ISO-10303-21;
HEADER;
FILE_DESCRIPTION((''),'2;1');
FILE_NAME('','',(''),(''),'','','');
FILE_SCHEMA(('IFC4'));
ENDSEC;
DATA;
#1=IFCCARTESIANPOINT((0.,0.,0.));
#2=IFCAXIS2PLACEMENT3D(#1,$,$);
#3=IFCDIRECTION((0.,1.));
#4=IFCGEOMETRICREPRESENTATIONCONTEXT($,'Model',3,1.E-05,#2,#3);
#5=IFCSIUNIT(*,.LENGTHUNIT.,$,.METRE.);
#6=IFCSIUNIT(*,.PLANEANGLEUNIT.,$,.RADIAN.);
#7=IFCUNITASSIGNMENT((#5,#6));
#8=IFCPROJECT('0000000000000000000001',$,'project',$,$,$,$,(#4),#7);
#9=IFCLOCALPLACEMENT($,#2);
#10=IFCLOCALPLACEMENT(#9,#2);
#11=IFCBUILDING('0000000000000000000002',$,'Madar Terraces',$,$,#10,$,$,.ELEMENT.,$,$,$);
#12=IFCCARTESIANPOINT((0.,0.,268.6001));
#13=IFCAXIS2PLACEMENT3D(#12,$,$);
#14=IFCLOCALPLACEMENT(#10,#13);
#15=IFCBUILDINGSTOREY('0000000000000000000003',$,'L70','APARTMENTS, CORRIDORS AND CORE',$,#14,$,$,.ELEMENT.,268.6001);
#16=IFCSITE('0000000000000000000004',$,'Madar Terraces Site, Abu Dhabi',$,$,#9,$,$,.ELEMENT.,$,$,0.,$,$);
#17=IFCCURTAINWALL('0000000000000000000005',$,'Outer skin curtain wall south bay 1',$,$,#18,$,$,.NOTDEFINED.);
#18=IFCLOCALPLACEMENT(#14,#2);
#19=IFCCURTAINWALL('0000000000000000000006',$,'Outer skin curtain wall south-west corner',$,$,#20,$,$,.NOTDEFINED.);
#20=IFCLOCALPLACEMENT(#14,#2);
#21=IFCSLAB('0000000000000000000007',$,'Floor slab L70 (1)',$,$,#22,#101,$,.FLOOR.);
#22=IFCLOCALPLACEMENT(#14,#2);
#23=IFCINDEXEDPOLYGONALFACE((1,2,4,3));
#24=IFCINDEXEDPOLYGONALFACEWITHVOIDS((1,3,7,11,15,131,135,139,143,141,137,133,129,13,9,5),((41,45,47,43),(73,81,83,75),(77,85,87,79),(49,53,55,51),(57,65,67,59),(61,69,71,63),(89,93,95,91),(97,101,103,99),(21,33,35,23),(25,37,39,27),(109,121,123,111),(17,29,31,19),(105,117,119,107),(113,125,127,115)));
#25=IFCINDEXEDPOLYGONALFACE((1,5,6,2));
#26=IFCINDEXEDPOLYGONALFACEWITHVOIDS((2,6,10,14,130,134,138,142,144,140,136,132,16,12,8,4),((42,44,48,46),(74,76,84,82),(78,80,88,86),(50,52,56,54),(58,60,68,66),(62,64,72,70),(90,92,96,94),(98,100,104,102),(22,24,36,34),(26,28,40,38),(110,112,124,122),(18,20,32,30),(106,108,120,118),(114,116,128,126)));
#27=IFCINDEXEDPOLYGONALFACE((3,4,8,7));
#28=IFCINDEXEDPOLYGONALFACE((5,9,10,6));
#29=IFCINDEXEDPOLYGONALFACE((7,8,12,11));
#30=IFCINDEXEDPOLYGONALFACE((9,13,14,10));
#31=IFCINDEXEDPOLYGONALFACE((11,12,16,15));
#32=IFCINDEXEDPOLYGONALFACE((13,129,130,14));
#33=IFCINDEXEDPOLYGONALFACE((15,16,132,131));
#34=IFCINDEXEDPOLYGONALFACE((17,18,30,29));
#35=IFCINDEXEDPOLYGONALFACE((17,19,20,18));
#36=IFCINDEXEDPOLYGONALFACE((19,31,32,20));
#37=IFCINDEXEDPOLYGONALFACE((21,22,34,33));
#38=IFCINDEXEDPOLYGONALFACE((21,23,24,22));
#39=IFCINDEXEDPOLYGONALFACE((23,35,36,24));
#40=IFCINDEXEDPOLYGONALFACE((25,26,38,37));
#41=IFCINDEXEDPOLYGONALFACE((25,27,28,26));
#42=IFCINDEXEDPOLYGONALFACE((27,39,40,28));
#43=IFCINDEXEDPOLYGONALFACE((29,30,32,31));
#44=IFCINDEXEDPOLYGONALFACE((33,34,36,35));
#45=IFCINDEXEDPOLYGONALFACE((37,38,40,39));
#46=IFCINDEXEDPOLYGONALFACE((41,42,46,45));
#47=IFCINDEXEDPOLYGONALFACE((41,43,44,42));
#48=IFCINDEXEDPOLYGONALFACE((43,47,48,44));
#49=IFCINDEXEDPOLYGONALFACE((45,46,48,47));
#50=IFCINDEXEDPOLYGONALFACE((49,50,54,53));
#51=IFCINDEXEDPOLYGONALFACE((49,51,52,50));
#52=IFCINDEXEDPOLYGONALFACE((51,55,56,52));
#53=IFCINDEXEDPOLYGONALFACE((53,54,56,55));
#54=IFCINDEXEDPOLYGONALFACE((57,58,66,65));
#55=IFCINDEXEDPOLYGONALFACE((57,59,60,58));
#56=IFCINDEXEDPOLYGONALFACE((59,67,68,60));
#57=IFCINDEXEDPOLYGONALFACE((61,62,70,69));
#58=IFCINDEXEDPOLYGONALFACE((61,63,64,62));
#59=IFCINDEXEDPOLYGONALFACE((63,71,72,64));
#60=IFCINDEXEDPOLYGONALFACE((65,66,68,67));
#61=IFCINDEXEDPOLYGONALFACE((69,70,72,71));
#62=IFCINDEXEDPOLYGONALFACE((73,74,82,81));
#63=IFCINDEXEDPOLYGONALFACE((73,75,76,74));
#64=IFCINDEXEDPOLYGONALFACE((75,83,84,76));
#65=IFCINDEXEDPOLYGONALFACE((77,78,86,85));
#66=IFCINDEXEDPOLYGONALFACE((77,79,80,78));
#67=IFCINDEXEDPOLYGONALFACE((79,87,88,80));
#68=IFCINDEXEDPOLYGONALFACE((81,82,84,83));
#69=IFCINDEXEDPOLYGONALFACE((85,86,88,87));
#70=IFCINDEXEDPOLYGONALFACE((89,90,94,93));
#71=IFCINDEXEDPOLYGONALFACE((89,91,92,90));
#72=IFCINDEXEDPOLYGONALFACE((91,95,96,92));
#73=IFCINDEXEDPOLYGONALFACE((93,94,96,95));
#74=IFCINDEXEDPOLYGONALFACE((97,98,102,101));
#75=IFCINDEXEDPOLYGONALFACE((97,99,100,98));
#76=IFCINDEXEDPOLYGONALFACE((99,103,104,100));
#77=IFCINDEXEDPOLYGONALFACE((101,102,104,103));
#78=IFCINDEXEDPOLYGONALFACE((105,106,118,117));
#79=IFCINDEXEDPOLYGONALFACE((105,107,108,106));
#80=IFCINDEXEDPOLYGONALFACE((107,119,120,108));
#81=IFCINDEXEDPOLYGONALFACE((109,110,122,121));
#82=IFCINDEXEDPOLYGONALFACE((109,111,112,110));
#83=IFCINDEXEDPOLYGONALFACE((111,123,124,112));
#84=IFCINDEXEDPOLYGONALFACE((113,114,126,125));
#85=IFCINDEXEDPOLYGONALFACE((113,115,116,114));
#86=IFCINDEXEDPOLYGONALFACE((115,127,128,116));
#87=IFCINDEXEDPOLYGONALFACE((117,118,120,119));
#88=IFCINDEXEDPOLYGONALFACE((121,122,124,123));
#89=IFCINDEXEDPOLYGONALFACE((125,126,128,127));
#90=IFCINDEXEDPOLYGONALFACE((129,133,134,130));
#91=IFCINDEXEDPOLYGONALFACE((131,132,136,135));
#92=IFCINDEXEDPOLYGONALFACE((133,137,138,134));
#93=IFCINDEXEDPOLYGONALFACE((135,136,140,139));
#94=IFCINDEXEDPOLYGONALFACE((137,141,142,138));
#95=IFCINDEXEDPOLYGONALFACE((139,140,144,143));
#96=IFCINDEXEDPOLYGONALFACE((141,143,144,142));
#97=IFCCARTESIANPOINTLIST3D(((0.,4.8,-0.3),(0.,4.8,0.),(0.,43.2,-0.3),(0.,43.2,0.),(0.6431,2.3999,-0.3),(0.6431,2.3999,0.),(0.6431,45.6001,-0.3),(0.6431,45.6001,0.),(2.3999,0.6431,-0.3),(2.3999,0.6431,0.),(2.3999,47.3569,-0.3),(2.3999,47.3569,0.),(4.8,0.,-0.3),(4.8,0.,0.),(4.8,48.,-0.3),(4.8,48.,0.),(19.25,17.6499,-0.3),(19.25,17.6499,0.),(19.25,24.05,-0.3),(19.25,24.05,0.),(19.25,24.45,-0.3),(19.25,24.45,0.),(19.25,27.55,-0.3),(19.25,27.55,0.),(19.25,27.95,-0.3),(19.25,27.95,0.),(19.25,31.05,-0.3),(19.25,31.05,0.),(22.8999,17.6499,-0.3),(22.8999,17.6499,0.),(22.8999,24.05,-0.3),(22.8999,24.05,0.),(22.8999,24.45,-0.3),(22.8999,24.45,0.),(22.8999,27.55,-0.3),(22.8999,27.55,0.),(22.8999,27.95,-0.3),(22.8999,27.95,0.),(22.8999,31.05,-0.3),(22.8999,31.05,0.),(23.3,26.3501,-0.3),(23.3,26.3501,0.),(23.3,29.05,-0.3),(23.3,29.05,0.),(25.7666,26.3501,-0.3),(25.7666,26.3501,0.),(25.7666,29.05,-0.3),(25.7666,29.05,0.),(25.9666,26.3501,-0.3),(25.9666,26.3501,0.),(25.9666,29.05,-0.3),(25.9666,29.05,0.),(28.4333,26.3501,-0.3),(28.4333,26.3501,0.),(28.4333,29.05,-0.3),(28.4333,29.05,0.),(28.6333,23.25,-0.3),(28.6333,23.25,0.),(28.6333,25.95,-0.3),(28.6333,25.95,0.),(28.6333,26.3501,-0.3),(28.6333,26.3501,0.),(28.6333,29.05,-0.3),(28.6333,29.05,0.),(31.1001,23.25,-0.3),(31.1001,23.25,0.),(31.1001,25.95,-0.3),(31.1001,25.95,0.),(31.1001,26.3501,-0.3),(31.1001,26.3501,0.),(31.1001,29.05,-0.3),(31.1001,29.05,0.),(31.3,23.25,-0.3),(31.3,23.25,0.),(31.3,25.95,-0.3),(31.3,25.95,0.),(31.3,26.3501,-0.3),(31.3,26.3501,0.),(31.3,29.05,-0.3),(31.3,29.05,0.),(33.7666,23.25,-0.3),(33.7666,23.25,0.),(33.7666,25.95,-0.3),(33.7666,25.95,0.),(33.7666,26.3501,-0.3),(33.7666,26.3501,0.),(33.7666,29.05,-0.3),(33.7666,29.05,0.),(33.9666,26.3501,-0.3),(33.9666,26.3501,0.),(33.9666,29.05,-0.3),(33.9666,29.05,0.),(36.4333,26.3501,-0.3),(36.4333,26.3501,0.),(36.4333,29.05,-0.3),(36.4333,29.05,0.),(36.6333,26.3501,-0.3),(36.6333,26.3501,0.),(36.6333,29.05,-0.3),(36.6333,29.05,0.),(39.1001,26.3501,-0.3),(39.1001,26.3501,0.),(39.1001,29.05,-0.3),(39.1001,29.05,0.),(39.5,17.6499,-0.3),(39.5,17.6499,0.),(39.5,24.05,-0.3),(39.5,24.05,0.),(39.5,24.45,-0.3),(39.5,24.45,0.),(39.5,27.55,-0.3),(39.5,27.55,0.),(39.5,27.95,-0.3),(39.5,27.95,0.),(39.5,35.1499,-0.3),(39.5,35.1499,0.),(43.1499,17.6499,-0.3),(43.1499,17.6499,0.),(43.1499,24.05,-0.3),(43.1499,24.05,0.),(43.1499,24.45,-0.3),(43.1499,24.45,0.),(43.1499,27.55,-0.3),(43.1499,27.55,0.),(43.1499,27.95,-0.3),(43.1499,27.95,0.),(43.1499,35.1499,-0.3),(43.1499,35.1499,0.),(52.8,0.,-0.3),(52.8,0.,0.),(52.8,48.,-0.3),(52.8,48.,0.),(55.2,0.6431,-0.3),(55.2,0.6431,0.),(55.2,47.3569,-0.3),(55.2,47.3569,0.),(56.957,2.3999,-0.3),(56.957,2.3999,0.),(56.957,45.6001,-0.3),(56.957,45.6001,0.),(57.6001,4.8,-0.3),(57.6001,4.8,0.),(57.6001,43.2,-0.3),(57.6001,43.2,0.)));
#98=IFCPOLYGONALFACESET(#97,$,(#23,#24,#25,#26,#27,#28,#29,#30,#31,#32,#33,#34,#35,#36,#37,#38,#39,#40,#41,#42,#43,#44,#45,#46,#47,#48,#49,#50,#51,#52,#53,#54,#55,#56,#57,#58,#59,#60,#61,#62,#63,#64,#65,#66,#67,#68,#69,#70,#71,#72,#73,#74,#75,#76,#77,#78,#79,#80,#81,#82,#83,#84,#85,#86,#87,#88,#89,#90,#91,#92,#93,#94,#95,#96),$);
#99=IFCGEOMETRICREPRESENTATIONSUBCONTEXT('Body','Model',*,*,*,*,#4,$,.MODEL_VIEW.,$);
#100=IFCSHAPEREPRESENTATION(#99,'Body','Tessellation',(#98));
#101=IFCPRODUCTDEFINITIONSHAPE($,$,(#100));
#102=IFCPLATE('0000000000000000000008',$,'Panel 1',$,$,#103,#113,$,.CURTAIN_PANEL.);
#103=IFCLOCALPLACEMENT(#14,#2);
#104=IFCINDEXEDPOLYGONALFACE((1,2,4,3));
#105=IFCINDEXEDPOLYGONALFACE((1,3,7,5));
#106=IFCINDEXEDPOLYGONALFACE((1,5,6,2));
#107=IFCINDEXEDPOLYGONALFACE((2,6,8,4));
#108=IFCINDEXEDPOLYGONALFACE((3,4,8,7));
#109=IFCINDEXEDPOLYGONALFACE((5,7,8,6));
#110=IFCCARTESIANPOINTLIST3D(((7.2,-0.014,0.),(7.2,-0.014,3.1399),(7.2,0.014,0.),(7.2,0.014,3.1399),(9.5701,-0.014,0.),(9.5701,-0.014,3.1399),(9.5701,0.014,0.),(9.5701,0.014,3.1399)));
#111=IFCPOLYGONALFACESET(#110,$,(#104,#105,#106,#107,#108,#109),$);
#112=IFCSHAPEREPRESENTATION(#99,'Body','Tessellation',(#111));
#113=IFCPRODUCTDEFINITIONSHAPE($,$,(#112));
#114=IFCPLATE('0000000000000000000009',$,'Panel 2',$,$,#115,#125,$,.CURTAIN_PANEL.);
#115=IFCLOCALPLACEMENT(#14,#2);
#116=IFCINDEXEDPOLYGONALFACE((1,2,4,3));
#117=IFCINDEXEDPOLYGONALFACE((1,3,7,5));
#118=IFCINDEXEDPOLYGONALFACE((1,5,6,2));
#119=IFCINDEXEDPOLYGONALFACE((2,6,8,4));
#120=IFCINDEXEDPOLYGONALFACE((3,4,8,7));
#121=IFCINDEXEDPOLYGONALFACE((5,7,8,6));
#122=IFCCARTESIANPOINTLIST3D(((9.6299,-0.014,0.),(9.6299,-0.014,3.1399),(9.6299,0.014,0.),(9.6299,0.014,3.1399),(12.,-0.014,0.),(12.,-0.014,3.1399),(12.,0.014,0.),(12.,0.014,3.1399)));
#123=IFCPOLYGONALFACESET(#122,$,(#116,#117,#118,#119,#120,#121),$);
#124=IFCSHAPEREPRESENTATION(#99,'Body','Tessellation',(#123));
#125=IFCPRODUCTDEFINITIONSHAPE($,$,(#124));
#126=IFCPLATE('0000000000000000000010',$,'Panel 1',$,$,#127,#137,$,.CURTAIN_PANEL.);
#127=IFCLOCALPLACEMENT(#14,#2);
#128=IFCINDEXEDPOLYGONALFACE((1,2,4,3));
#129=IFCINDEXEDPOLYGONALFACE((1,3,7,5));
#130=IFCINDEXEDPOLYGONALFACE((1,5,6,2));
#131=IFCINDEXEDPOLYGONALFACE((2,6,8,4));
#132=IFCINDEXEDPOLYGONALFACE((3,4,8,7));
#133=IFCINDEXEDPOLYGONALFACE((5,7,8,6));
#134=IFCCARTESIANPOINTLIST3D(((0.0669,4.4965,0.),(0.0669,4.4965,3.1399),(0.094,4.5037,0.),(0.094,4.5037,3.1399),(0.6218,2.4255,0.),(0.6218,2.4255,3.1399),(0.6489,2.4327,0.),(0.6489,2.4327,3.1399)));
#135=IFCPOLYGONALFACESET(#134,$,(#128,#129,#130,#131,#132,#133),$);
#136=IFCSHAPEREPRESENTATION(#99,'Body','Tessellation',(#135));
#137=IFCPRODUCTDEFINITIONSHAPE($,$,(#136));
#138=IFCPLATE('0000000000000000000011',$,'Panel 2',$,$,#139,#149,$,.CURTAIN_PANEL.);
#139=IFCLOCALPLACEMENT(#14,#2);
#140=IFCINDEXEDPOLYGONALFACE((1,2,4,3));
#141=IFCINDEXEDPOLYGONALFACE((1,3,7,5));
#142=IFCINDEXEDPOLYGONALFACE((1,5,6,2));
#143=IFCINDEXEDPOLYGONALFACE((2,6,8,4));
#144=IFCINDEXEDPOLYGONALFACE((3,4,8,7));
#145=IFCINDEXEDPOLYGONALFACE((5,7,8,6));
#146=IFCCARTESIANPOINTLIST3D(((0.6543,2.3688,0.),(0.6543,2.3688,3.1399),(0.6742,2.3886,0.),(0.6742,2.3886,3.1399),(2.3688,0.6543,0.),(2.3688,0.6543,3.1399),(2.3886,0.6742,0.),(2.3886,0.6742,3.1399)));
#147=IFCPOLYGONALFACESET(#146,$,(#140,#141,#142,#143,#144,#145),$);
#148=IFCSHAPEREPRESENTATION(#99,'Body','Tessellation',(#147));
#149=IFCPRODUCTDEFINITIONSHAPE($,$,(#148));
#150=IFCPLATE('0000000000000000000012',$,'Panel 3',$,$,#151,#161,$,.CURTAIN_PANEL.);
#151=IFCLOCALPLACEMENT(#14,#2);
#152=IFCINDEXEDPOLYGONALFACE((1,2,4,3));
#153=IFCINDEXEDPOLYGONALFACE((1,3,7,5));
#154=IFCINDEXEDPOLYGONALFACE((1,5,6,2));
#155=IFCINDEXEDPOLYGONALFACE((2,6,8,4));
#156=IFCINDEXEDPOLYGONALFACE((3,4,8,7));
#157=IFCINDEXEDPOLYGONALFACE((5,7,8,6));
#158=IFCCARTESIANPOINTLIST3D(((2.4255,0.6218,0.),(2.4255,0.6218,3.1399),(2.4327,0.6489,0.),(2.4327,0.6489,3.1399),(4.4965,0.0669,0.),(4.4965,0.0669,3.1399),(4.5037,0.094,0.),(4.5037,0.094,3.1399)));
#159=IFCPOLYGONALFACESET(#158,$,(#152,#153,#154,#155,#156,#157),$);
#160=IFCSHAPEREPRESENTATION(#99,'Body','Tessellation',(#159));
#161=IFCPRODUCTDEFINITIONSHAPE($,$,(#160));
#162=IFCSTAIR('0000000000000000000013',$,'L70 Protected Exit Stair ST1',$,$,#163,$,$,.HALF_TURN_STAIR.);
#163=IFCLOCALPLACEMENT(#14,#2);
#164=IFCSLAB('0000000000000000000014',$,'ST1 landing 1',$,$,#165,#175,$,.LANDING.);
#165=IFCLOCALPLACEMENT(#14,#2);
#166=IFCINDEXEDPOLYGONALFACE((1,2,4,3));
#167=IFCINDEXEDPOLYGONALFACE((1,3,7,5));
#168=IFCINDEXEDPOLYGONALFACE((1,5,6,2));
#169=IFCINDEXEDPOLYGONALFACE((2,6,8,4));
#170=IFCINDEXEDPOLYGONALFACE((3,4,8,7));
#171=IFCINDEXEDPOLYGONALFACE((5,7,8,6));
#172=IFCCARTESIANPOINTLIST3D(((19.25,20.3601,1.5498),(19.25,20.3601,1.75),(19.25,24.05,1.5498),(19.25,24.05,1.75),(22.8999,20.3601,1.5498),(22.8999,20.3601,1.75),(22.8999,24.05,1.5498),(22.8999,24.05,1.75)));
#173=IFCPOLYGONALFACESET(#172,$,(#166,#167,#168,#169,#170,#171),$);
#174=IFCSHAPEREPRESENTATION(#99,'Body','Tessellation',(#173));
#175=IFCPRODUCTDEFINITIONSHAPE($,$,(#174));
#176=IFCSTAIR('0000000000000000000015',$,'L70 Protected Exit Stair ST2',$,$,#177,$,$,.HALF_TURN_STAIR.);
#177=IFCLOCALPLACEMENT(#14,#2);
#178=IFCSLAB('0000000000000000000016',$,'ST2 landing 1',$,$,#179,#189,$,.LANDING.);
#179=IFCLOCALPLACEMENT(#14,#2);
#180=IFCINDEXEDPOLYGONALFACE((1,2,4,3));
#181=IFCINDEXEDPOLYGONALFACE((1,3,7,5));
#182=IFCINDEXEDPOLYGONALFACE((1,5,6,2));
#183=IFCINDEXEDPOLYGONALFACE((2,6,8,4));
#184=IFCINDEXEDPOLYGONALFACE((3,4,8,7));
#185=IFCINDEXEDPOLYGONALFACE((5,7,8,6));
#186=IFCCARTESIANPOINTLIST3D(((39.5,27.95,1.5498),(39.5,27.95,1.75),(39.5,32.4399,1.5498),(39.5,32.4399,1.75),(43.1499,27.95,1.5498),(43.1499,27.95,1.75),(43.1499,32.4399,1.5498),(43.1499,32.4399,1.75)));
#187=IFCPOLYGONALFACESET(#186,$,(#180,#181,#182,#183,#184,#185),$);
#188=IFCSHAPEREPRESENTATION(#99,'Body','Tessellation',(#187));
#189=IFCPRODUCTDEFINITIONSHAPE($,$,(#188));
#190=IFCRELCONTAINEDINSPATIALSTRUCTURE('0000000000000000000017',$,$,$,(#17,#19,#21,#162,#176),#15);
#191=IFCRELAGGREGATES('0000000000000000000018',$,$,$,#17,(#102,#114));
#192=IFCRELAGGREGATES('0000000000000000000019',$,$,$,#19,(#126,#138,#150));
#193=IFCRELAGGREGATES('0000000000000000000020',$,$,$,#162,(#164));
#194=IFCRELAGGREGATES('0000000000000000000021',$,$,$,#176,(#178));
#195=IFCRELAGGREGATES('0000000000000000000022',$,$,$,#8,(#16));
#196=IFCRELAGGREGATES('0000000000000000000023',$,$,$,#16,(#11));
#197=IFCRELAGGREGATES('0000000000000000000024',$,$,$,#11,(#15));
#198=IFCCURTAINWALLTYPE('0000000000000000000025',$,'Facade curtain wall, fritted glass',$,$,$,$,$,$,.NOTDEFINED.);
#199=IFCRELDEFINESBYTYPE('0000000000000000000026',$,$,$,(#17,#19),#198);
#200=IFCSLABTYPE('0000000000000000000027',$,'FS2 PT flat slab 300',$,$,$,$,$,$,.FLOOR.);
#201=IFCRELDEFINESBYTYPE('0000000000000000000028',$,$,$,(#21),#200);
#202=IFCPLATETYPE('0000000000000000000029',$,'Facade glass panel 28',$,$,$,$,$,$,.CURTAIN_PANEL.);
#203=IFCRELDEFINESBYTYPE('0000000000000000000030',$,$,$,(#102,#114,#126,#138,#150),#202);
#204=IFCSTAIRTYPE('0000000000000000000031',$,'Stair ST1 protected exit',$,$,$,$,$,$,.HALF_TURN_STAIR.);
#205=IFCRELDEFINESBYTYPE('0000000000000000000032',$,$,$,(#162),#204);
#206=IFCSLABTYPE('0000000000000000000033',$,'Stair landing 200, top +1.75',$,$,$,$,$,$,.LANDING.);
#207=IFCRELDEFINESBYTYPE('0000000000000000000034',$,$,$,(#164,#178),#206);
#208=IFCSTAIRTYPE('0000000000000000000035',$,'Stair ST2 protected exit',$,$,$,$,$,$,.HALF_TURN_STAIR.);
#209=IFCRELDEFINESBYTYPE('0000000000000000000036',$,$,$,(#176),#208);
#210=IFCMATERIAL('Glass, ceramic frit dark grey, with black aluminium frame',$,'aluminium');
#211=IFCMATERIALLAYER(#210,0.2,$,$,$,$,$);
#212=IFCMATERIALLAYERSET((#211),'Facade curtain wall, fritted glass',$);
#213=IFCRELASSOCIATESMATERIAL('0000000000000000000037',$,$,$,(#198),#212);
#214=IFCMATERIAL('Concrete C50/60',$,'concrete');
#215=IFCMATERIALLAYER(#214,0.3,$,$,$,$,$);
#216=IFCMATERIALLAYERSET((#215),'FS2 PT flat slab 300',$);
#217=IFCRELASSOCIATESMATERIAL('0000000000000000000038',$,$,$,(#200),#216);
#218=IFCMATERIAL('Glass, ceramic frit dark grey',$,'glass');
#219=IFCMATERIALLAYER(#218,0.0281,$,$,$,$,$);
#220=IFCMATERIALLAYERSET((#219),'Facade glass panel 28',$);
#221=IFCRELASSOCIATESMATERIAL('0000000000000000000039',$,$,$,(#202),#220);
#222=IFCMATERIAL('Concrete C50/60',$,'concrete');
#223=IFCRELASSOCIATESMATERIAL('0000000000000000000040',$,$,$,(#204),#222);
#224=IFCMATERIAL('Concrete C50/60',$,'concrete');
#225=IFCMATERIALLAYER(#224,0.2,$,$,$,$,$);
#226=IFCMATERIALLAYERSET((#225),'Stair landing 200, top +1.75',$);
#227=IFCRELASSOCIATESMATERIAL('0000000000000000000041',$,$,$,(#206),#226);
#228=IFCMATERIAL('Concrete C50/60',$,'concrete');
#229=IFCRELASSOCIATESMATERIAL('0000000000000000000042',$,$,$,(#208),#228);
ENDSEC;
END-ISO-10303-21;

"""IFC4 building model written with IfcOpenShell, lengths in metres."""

from ifc_helpers import new_model, si_unit, direction, frame, origin, origin_2d, place, context, subcontext, project, spatial, polyline, rectangle, outline, extrude, material, layer, layer_set, type_object, element, aggregate, save


model = new_model("IFC4")

# Units and contexts
model_context = context("Model", 3, precision=1e-05, world=origin(), true_north=direction((0.0, 1.0)))
body_context = subcontext(model_context, "Body", "Model", "MODEL_VIEW")
ifc_project = project(units=[si_unit("LENGTHUNIT", "METRE"), si_unit("PLANEANGLEUNIT", "RADIAN")], contexts=[model_context])

# Site, building, storey
site_placement = place(None, origin())
site = spatial("IfcSite", under=ifc_project, at=site_placement, Name="Madar Terraces Site, Abu Dhabi", CompositionType="ELEMENT", RefElevation=0.0)
building_placement = place(site_placement, origin())
building = spatial("IfcBuilding", under=site, at=building_placement, Name="Madar Terraces", CompositionType="ELEMENT")
storey_placement = place(building_placement, frame((0.0, 0.0, 268.6001)))
storey = spatial("IfcBuildingStorey", under=building, at=storey_placement, Name="L70", Description="APARTMENTS, CORRIDORS AND CORE", CompositionType="ELEMENT", Elevation=268.6001)

# Curtain wall
ifc_material_1 = material(Name="Glass, ceramic frit dark grey, with black aluminium frame", Category="aluminium")
ifc_layer_1 = layer(ifc_material_1, 0.2)
ifc_layer_set_1 = layer_set([ifc_layer_1], Name="Facade curtain wall, fritted glass")
curtain_wall_type = type_object("IfcCurtainWallType", Name="Facade curtain wall, fritted glass", PredefinedType="NOTDEFINED", material=ifc_layer_set_1)
curtain_wall_1_placement = place(storey_placement, origin())
curtain_wall_1 = element("IfcCurtainWall", 1, at=curtain_wall_1_placement, inside=storey, type_object=curtain_wall_type, Name="Outer skin curtain wall south bay 1", PredefinedType="NOTDEFINED")

# Curtain wall
curtain_wall_2_placement = place(storey_placement, origin())
curtain_wall_2 = element("IfcCurtainWall", 2, at=curtain_wall_2_placement, inside=storey, type_object=curtain_wall_type, Name="Outer skin curtain wall south-west corner", PredefinedType="NOTDEFINED")

# Slab
ifc_material_2 = material(Name="Concrete C50/60", Category="concrete")
ifc_layer_2 = layer(ifc_material_2, 0.3)
ifc_layer_set_2 = layer_set([ifc_layer_2], Name="FS2 PT flat slab 300")
slab_type_1 = type_object("IfcSlabType", Name="FS2 PT flat slab 300", PredefinedType="FLOOR", material=ifc_layer_set_2)
slab_1_placement = place(storey_placement, frame((0.0, 0.0, -0.3)))
element("IfcSlab", 3, at=slab_1_placement, inside=storey, type_object=slab_type_1, Name="Floor slab L70 (1)", PredefinedType="FLOOR", context=body_context, shape_type="SweptSolid", body=[
    extrude(outline(polyline([(52.8, 0.0), (55.2, 0.6431), (56.957, 2.3999), (57.6001, 4.8), (57.6001, 43.2), (56.957, 45.6001), (55.2, 47.3569), (52.8, 48.0), (4.8, 48.0), (2.3999, 47.3569), (0.6431, 45.6001), (0.0, 43.2), (0.0, 4.8), (0.6431, 2.3999), (2.3999, 0.6431), (4.8, 0.0), (52.8, 0.0)]), holes=[polyline([(22.8999, 17.6499), (19.25, 17.6499), (19.25, 24.05), (22.8999, 24.05), (22.8999, 17.6499)]), polyline([(28.6333, 23.25), (28.6333, 25.95), (31.1001, 25.95), (31.1001, 23.25), (28.6333, 23.25)]), polyline([(19.25, 24.45), (19.25, 27.55), (22.8999, 27.55), (22.8999, 24.45), (19.25, 24.45)]), polyline([(23.3, 26.3501), (23.3, 29.05), (25.7666, 29.05), (25.7666, 26.3501), (23.3, 26.3501)]), polyline([(25.9666, 26.3501), (25.9666, 29.05), (28.4333, 29.05), (28.4333, 26.3501), (25.9666, 26.3501)]), polyline([(28.6333, 26.3501), (28.6333, 29.05), (31.1001, 29.05), (31.1001, 26.3501), (28.6333, 26.3501)]), polyline([(19.25, 27.95), (19.25, 31.05), (22.8999, 31.05), (22.8999, 27.95), (19.25, 27.95)]), polyline([(43.1499, 17.6499), (39.5, 17.6499), (39.5, 24.05), (43.1499, 24.05), (43.1499, 17.6499)]), polyline([(31.3, 23.25), (31.3, 25.95), (33.7666, 25.95), (33.7666, 23.25), (31.3, 23.25)]), polyline([(39.5, 24.45), (39.5, 27.55), (43.1499, 27.55), (43.1499, 24.45), (39.5, 24.45)]), polyline([(31.3, 26.3501), (31.3, 29.05), (33.7666, 29.05), (33.7666, 26.3501), (31.3, 26.3501)]), polyline([(33.9666, 26.3501), (33.9666, 29.05), (36.4333, 29.05), (36.4333, 26.3501), (33.9666, 26.3501)]), polyline([(36.6333, 26.3501), (36.6333, 29.05), (39.1001, 29.05), (39.1001, 26.3501), (36.6333, 26.3501)]), polyline([(39.5, 27.95), (39.5, 35.1499), (43.1499, 35.1499), (43.1499, 27.95), (39.5, 27.95)])]), origin(), (0.0, 0.0, 1.0), 0.3),
])

# Plates
ifc_material_3 = material(Name="Glass, ceramic frit dark grey", Category="glass")
ifc_layer_3 = layer(ifc_material_3, 0.0281)
ifc_layer_set_3 = layer_set([ifc_layer_3], Name="Facade glass panel 28")
plate_type = type_object("IfcPlateType", Name="Facade glass panel 28", PredefinedType="CURTAIN_PANEL", material=ifc_layer_set_3)
plate_1_placement = place(storey_placement, frame((8.385, 0.0, 0.0), z_axis=(0.0, 0.0, 1.0), x_axis=(1.0, 0.0, 0.0)))
plate_1 = element("IfcPlate", 4, at=plate_1_placement, type_object=plate_type, Name="Panel 1", PredefinedType="CURTAIN_PANEL", context=body_context, shape_type="SweptSolid", body=[
    extrude(rectangle(XDim=2.3701, YDim=0.0281, at=origin_2d()), origin(), (0.0, 0.0, 1.0), 3.1399),
])
plate_2_placement = place(storey_placement, frame((10.8149, 0.0, 0.0), z_axis=(0.0, 0.0, 1.0), x_axis=(1.0, 0.0, 0.0)))
plate_2 = element("IfcPlate", 5, at=plate_2_placement, type_object=plate_type, Name="Panel 2", PredefinedType="CURTAIN_PANEL", context=body_context, shape_type="SweptSolid", body=[
    extrude(rectangle(XDim=2.3701, YDim=0.0281, at=origin_2d()), origin(), (0.0, 0.0, 1.0), 3.1399),
])
aggregate(curtain_wall_1, [plate_1, plate_2])
plate_3_placement = place(storey_placement, frame((0.3579, 3.4646, 0.0), z_axis=(0.0, 0.0, 1.0), x_axis=(0.258819, -0.965926, 0.0)))
plate_3 = element("IfcPlate", 6, at=plate_3_placement, type_object=plate_type, Name="Panel 1", PredefinedType="CURTAIN_PANEL", context=body_context, shape_type="SweptSolid", body=[
    extrude(rectangle(XDim=2.144, YDim=0.0281, at=origin_2d()), origin(), (0.0, 0.0, 1.0), 3.1399),
])
plate_4_placement = place(storey_placement, frame((1.5215, 1.5215, 0.0), z_axis=(0.0, 0.0, 1.0), x_axis=(0.707107, -0.707107, 0.0)))
plate_4 = element("IfcPlate", 7, at=plate_4_placement, type_object=plate_type, Name="Panel 2", PredefinedType="CURTAIN_PANEL", context=body_context, shape_type="SweptSolid", body=[
    extrude(rectangle(XDim=2.4246, YDim=0.0281, at=origin_2d()), origin(), (0.0, 0.0, 1.0), 3.1399),
])
plate_5_placement = place(storey_placement, frame((3.4646, 0.3579, 0.0), z_axis=(0.0, 0.0, 1.0), x_axis=(0.965926, -0.258819, 0.0)))
plate_5 = element("IfcPlate", 8, at=plate_5_placement, type_object=plate_type, Name="Panel 3", PredefinedType="CURTAIN_PANEL", context=body_context, shape_type="SweptSolid", body=[
    extrude(rectangle(XDim=2.144, YDim=0.0281, at=origin_2d()), origin(), (0.0, 0.0, 1.0), 3.1399),
])
aggregate(curtain_wall_2, [plate_3, plate_4, plate_5])

# Stairs, slabs
ifc_material_4 = material(Name="Concrete C50/60", Category="concrete")
stair_type_1 = type_object("IfcStairType", Name="Stair ST1 protected exit", PredefinedType="HALF_TURN_STAIR", material=ifc_material_4)
stair_1_placement = place(storey_placement, origin())
stair_1 = element("IfcStair", 9, at=stair_1_placement, inside=storey, type_object=stair_type_1, Name="L70 Protected Exit Stair ST1", PredefinedType="HALF_TURN_STAIR")
ifc_material_5 = material(Name="Concrete C50/60", Category="concrete")
ifc_layer_4 = layer(ifc_material_5, 0.2)
ifc_layer_set_4 = layer_set([ifc_layer_4], Name="Stair landing 200, top +1.75")
slab_type_2 = type_object("IfcSlabType", Name="Stair landing 200, top +1.75", PredefinedType="LANDING", material=ifc_layer_set_4)
slab_2_placement = place(storey_placement, frame((0.0, 0.0, 1.5498)))
slab_2 = element("IfcSlab", 10, at=slab_2_placement, type_object=slab_type_2, Name="ST1 landing 1", PredefinedType="LANDING", context=body_context, shape_type="SweptSolid", body=[
    extrude(outline(polyline([(19.25, 20.3601), (22.8999, 20.3601), (22.8999, 24.05), (19.25, 24.05), (19.25, 20.3601)])), origin(), (0.0, 0.0, 1.0), 0.2002),
])
aggregate(stair_1, [slab_2])
ifc_material_6 = material(Name="Concrete C50/60", Category="concrete")
stair_type_2 = type_object("IfcStairType", Name="Stair ST2 protected exit", PredefinedType="HALF_TURN_STAIR", material=ifc_material_6)
stair_2_placement = place(storey_placement, origin())
stair_2 = element("IfcStair", 11, at=stair_2_placement, inside=storey, type_object=stair_type_2, Name="L70 Protected Exit Stair ST2", PredefinedType="HALF_TURN_STAIR")
slab_3_placement = place(storey_placement, frame((0.0, 0.0, 1.5498)))
slab_3 = element("IfcSlab", 12, at=slab_3_placement, type_object=slab_type_2, Name="ST2 landing 1", PredefinedType="LANDING", context=body_context, shape_type="SweptSolid", body=[
    extrude(outline(polyline([(39.5, 27.95), (43.1499, 27.95), (43.1499, 32.4399), (39.5, 32.4399), (39.5, 27.95)])), origin(), (0.0, 0.0, 1.0), 0.2002),
])
aggregate(stair_2, [slab_3])

save(model, "model.ifc")
